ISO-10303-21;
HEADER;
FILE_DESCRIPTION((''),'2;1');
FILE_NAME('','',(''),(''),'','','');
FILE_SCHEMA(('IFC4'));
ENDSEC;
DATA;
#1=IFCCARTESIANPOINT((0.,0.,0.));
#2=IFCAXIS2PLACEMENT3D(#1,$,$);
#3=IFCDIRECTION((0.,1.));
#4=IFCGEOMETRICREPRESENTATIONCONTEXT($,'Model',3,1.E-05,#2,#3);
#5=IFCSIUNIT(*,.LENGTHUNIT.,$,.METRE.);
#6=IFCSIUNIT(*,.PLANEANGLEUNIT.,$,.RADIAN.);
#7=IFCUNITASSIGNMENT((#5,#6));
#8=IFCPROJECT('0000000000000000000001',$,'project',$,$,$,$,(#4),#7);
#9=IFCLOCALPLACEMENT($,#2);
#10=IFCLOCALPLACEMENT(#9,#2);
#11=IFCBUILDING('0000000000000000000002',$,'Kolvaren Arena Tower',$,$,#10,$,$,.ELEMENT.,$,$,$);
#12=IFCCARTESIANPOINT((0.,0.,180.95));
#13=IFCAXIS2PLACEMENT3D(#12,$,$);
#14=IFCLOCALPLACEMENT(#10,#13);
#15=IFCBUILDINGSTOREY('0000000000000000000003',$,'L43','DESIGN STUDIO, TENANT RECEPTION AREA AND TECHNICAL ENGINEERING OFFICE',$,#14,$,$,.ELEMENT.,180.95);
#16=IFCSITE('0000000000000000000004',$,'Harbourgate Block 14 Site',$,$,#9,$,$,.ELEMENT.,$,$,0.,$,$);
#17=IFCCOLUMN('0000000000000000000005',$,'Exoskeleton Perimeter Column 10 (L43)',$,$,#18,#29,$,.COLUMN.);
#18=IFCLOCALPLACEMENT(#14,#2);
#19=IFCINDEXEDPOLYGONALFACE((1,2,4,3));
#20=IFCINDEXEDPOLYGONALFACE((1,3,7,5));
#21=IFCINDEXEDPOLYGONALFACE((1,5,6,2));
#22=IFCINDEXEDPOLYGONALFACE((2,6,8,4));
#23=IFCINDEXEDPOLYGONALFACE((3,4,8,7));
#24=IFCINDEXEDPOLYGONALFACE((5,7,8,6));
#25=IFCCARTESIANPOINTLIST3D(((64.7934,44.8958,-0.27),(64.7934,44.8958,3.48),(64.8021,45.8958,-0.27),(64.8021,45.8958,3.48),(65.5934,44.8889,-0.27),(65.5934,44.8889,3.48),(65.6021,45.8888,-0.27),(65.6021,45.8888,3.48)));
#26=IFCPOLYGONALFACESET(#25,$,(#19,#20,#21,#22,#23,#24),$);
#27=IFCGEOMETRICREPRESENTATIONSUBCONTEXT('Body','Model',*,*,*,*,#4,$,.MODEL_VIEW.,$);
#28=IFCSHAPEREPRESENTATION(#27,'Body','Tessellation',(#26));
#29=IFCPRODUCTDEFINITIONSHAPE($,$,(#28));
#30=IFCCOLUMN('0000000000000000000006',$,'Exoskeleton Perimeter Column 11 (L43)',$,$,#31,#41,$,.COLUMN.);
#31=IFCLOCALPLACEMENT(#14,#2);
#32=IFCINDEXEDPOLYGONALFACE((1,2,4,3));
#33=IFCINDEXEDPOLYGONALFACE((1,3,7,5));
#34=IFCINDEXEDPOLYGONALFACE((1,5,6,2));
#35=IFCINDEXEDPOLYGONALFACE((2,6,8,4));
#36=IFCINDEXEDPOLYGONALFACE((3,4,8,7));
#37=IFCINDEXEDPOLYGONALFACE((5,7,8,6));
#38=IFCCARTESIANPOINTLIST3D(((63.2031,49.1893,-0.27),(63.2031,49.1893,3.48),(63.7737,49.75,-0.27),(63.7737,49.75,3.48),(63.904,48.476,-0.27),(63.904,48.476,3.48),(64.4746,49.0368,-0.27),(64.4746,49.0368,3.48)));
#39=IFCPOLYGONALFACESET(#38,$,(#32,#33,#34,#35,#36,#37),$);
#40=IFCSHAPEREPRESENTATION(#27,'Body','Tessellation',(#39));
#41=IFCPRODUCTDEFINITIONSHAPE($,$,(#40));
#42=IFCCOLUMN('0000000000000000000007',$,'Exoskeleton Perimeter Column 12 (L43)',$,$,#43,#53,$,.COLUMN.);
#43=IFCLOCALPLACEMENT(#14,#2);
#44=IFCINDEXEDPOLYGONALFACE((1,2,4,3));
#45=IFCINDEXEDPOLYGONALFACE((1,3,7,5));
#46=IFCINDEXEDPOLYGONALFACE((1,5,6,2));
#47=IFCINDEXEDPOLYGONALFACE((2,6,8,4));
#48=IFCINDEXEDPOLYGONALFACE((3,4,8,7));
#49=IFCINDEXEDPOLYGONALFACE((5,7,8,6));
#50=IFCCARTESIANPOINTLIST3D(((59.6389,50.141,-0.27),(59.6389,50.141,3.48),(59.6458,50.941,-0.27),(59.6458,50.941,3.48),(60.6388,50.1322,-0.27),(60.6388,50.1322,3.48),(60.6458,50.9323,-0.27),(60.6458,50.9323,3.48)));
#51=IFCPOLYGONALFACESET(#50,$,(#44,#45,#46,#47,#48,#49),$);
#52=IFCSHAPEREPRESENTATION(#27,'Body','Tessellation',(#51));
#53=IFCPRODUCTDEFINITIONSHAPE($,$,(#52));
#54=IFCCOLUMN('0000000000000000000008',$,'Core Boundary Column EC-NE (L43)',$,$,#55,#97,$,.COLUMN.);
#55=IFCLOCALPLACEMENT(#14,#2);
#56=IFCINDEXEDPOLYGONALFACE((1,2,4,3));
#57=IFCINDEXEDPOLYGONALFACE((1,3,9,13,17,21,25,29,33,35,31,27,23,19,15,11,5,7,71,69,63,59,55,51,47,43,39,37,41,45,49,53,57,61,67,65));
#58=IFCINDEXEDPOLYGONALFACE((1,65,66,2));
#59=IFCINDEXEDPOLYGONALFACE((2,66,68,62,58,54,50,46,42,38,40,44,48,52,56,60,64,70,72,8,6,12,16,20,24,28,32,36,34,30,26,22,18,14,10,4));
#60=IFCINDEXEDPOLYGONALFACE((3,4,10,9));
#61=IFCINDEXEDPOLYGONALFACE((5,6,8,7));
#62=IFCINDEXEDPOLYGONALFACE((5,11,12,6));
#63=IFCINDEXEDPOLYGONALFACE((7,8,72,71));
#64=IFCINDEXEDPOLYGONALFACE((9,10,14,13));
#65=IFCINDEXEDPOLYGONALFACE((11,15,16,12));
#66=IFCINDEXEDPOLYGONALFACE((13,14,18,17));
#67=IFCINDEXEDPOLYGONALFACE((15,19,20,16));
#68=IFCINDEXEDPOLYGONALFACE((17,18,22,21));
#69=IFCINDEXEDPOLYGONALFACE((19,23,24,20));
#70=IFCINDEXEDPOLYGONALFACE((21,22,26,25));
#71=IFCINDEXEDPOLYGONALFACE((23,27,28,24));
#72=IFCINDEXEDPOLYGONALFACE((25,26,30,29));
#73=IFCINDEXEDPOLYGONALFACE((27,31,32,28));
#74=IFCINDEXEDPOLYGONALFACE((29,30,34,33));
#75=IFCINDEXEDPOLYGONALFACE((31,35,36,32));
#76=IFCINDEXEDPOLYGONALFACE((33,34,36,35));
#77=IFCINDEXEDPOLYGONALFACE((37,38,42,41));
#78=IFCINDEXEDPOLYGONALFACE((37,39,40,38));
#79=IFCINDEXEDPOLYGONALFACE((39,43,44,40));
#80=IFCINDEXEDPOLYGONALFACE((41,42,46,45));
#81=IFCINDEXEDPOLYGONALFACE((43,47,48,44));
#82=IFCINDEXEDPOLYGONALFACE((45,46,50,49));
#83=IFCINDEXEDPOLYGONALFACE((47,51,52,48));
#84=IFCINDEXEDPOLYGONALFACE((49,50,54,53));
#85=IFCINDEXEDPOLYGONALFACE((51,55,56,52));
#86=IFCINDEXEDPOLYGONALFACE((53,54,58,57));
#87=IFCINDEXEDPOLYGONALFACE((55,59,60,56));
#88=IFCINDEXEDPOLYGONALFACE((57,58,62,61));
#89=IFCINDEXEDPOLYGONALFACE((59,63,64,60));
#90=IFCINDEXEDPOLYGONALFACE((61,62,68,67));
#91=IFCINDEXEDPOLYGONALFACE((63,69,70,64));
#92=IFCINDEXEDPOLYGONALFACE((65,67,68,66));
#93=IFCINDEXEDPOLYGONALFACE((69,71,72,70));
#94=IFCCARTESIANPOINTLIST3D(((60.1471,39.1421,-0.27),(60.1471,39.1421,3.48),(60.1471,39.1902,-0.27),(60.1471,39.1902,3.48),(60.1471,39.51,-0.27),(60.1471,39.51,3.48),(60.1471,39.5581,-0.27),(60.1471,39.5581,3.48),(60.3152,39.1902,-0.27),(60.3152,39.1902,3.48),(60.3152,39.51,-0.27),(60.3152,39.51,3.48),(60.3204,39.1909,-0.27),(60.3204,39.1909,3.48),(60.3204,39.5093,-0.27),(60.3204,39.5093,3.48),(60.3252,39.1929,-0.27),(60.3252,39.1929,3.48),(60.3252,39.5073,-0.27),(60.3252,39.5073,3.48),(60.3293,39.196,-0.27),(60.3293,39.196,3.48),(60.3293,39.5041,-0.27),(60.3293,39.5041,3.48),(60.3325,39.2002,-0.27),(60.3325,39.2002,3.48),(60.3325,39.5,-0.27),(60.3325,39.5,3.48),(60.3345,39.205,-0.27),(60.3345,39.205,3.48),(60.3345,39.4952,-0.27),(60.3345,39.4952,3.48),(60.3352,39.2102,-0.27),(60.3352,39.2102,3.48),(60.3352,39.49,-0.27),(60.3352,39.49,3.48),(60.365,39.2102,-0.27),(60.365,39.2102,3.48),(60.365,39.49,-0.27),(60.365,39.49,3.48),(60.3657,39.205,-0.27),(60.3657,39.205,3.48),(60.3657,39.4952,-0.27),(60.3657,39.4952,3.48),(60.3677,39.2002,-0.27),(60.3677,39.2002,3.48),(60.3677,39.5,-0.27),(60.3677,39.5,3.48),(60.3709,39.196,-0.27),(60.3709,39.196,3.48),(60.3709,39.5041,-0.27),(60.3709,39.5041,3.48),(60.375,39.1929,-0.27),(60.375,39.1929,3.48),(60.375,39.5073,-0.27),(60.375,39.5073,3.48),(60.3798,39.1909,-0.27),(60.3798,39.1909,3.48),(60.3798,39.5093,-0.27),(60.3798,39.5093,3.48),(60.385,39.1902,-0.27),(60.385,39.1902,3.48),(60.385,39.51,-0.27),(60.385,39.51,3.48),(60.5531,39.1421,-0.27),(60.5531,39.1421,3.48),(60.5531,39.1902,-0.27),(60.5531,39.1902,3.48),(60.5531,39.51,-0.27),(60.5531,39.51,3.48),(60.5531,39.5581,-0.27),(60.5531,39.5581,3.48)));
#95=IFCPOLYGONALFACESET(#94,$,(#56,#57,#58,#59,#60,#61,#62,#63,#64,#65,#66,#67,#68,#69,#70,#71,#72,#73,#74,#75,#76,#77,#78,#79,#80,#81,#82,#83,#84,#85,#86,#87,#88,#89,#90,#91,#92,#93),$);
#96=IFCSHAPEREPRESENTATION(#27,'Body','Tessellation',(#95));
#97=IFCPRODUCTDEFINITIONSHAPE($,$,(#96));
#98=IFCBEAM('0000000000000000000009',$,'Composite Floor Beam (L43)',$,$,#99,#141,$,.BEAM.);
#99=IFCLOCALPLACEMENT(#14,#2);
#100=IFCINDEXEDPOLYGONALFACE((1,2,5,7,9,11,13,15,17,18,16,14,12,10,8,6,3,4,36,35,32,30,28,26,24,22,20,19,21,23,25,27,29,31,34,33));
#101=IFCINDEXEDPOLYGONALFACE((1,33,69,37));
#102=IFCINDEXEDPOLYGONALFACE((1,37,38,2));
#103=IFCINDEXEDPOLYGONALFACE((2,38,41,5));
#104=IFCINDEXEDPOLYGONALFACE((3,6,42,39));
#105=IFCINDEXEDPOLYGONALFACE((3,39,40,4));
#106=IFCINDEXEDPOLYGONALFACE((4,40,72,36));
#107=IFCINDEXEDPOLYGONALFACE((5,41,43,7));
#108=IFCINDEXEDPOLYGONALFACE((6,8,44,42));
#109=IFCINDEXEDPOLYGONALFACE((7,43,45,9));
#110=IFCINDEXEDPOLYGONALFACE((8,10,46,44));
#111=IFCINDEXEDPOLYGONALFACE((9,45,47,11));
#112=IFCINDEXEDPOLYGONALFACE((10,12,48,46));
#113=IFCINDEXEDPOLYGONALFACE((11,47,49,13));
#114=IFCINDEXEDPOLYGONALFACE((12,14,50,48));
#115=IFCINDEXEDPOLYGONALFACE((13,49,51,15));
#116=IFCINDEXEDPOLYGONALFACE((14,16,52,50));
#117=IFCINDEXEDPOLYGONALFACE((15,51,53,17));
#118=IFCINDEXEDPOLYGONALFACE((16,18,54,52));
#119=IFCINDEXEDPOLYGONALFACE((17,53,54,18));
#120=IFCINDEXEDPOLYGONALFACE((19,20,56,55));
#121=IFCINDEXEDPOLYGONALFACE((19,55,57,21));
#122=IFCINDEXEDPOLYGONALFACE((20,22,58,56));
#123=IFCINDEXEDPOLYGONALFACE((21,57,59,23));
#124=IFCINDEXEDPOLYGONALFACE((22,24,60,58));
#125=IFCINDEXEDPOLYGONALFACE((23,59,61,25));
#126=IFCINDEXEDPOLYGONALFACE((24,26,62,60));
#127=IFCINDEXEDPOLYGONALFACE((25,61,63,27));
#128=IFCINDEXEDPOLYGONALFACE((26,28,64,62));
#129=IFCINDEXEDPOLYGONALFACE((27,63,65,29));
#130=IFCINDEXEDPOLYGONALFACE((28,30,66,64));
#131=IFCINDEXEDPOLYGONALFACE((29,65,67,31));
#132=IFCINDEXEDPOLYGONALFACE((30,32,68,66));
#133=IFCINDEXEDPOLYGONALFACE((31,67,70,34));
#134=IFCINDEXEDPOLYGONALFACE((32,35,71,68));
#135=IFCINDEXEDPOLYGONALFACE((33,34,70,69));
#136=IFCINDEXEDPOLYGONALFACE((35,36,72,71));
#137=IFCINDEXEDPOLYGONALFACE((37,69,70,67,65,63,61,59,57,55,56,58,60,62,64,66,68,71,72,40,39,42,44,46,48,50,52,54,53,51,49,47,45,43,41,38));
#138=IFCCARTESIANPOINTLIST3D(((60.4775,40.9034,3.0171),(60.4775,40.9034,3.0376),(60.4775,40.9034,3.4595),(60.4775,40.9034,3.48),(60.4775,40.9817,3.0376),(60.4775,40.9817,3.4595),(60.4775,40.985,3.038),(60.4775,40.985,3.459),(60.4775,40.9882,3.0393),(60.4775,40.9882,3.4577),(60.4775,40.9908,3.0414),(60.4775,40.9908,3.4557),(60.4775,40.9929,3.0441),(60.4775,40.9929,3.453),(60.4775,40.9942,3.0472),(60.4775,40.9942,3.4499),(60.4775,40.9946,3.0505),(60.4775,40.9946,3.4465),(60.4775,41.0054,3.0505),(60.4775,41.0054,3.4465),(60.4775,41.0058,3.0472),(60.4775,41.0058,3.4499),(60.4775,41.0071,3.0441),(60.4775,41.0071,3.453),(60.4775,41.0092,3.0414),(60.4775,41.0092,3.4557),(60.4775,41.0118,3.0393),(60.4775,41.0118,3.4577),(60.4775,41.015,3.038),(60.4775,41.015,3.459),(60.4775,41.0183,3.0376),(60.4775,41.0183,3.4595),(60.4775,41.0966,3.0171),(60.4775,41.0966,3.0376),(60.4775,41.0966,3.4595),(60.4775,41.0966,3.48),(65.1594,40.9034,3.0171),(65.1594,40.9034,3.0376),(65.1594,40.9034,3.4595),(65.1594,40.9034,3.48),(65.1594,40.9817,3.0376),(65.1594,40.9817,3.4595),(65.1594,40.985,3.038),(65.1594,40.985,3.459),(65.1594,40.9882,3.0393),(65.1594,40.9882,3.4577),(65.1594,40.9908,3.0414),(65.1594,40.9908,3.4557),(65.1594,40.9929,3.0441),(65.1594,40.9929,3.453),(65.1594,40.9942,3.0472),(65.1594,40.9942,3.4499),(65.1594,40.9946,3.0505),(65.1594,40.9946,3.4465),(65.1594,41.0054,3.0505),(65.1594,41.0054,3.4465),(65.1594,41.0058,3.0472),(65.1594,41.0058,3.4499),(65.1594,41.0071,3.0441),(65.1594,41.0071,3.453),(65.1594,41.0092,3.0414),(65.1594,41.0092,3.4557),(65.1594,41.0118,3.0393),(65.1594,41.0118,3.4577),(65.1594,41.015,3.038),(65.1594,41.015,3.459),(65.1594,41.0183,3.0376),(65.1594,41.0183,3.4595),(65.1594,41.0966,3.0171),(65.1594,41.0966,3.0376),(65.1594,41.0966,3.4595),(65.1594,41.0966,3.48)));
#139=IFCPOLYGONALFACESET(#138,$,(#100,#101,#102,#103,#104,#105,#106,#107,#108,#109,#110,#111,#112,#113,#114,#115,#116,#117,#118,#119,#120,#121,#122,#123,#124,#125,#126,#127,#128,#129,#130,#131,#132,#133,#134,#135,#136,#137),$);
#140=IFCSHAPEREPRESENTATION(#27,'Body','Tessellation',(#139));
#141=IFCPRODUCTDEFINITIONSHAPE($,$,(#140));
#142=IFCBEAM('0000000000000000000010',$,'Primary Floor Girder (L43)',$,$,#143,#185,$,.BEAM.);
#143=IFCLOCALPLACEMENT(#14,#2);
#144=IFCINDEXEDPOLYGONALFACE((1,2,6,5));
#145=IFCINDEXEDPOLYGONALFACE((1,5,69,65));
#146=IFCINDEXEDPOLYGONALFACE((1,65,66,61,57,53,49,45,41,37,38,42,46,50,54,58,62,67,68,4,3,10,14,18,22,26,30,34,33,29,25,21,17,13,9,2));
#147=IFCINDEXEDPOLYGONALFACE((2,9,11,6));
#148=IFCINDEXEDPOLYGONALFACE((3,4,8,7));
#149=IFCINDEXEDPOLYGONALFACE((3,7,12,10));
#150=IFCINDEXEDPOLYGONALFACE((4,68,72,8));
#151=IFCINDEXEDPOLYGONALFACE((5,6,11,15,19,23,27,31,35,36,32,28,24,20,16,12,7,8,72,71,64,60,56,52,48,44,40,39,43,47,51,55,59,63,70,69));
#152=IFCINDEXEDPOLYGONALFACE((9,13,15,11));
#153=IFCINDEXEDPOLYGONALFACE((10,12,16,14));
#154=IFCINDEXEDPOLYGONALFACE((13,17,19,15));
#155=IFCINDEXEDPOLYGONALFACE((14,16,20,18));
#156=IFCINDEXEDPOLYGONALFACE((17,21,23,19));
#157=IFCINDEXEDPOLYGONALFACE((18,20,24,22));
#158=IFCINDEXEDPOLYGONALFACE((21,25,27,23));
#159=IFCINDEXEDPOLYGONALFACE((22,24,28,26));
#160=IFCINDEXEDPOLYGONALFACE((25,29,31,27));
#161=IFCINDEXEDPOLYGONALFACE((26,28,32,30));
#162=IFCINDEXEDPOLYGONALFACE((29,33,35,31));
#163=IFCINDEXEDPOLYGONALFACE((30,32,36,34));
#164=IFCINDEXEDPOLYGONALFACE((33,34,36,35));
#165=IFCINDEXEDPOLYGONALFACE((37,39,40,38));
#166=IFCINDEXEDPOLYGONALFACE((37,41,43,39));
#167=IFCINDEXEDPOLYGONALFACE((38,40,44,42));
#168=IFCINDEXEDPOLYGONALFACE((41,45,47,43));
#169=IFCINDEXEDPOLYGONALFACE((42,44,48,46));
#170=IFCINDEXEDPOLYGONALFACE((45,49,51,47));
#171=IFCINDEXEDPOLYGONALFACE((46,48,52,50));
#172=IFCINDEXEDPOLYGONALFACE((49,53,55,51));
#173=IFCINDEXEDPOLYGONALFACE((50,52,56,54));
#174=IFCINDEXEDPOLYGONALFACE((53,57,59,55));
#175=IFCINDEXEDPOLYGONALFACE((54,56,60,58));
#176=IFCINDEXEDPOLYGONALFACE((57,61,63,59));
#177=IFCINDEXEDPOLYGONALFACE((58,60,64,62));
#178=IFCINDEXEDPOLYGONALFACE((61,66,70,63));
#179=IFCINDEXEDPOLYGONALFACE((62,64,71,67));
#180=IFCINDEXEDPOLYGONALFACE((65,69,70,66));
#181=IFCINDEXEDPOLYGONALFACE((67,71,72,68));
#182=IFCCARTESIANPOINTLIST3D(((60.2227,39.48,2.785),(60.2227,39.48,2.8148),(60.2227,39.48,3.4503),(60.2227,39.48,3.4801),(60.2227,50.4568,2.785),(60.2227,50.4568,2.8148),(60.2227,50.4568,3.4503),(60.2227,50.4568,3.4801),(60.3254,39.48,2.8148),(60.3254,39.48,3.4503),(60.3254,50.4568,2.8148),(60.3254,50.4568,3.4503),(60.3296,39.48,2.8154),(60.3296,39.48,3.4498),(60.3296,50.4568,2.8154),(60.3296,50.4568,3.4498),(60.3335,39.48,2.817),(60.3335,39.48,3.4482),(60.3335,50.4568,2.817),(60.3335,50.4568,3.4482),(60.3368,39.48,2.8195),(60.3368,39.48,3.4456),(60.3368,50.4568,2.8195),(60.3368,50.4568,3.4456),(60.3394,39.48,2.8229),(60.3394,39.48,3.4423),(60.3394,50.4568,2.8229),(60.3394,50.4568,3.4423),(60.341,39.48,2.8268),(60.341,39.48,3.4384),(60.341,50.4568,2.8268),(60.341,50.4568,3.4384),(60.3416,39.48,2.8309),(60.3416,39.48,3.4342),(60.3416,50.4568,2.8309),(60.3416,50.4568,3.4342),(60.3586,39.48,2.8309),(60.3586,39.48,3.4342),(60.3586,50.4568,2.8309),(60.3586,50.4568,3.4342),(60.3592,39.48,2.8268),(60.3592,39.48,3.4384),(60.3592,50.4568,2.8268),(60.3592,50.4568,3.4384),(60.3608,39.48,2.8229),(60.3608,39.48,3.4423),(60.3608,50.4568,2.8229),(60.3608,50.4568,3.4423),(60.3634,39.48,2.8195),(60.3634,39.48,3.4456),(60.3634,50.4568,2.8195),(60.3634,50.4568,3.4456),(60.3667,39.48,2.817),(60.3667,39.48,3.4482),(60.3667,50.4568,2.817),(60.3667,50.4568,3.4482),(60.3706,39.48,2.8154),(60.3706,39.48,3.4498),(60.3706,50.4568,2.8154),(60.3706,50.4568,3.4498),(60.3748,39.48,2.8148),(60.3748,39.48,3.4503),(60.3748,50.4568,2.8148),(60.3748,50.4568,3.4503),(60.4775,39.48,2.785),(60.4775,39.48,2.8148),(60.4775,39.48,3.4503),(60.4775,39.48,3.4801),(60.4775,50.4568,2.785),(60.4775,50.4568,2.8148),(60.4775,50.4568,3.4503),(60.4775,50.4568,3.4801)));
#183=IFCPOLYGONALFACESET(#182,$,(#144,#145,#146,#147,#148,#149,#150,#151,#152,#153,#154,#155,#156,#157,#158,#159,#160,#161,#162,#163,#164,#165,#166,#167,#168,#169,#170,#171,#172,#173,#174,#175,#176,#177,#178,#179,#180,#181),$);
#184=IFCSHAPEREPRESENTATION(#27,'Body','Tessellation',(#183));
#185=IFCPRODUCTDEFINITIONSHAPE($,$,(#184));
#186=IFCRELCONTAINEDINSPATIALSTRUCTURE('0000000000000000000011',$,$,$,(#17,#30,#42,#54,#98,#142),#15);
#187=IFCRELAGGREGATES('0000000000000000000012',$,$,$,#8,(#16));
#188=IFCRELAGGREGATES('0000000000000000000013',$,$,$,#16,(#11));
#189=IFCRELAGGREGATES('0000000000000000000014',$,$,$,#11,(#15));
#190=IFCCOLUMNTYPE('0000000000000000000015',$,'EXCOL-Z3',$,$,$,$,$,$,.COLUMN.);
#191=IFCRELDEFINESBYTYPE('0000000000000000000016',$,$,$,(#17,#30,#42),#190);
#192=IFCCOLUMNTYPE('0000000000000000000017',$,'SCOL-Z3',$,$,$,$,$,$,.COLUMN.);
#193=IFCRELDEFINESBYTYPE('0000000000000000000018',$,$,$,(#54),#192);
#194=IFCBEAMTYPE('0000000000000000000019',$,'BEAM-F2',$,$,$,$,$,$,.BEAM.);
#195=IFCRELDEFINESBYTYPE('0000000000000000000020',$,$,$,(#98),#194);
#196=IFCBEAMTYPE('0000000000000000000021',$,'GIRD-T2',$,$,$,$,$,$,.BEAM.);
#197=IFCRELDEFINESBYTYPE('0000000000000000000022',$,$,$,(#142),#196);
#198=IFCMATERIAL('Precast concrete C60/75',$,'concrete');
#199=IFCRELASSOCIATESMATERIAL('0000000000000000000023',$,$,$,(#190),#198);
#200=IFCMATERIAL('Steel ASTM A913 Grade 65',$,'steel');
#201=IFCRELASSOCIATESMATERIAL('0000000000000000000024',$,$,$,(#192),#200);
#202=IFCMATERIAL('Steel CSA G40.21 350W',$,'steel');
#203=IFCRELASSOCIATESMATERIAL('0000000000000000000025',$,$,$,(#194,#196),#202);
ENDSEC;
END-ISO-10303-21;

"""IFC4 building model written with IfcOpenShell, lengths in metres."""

from ifc_helpers import new_model, si_unit, direction, frame, origin, origin_2d, place, context, subcontext, project, spatial, rectangle, i_section, extrude, material, material_profile, profile_set, type_object, element, save


model = new_model("IFC4")

# Units and contexts
model_context = context("Model", 3, precision=1e-05, world=origin(), true_north=direction((0.0, 1.0)))
body_context = subcontext(model_context, "Body", "Model", "MODEL_VIEW")
ifc_project = project(units=[si_unit("LENGTHUNIT", "METRE"), si_unit("PLANEANGLEUNIT", "RADIAN")], contexts=[model_context])

# Site, building, storey
site_placement = place(None, origin())
site = spatial("IfcSite", under=ifc_project, at=site_placement, Name="Harbourgate Block 14 Site", CompositionType="ELEMENT", RefElevation=0.0)
building_placement = place(site_placement, origin())
building = spatial("IfcBuilding", under=site, at=building_placement, Name="Kolvaren Arena Tower", CompositionType="ELEMENT")
storey_placement = place(building_placement, frame((0.0, 0.0, 180.95)))
storey = spatial("IfcBuildingStorey", under=building, at=storey_placement, Name="L43", Description="DESIGN STUDIO, TENANT RECEPTION AREA AND TECHNICAL ENGINEERING OFFICE", CompositionType="ELEMENT", Elevation=180.95)

# Columns
ifc_material_1 = material(Name="Precast concrete C60/75", Category="concrete")
ifc_material_profile_1 = material_profile(ifc_material_1, rectangle(XDim=1.0, YDim=0.8, at=origin_2d()), Name="RC-1000x800")
ifc_profile_set_1 = profile_set([ifc_material_profile_1], Name="Precast concrete C60/75")
column_type_1 = type_object("IfcColumnType", Name="EXCOL-Z3", PredefinedType="COLUMN", material=ifc_profile_set_1)
for number, where, z_axis, x_axis, name in (
    (1, (65.1978, 45.3923, -0.27), (0.0, 0.0, 1.0), (0.008727, 0.999962, 0.0), "Exoskeleton Perimeter Column 10 (L43)"),
    (2, (63.8389, 49.113, -0.27), (0.0, 0.0, 1.0), (-0.700909, 0.71325, 0.0), "Exoskeleton Perimeter Column 11 (L43)"),
    (3, (60.1423, 50.5366, -0.27), (0.0, 0.0, 1.0), (0.999962, -0.008727, 0.0), "Exoskeleton Perimeter Column 12 (L43)"),
):
    element("IfcColumn", number, at=place(storey_placement, frame(where, z_axis=z_axis, x_axis=x_axis)), inside=storey, type_object=column_type_1, Name=name, PredefinedType="COLUMN", context=body_context, shape_type="SweptSolid", body=[
        extrude(rectangle(XDim=1.0, YDim=0.8, at=origin_2d()), origin(), (0.0, 0.0, 1.0), 3.75),
    ])
ifc_material_2 = material(Name="Steel ASTM A913 Grade 65", Category="steel")
ifc_material_profile_2 = material_profile(ifc_material_2, i_section(OverallWidth=0.406, OverallDepth=0.416, WebThickness=0.0298, FlangeThickness=0.0481, FilletRadius=0.02, at=origin_2d()), Name="W360x382")
ifc_profile_set_2 = profile_set([ifc_material_profile_2], Name="Steel ASTM A913 Grade 65")
column_type_2 = type_object("IfcColumnType", Name="SCOL-Z3", PredefinedType="COLUMN", material=ifc_profile_set_2)
column_placement = place(storey_placement, frame((60.3501, 39.3501, -0.27), z_axis=(0.0, 0.0, 1.0), x_axis=(1.0, 0.0, 0.0)))
element("IfcColumn", 4, at=column_placement, inside=storey, type_object=column_type_2, Name="Core Boundary Column EC-NE (L43)", PredefinedType="COLUMN", context=body_context, shape_type="SweptSolid", body=[
    extrude(i_section(OverallWidth=0.406, OverallDepth=0.416, WebThickness=0.0298, FlangeThickness=0.0481, FilletRadius=0.02, at=origin_2d()), origin(), (0.0, 0.0, 1.0), 3.75),
])

# Beams
ifc_material_3 = material(Name="Steel CSA G40.21 350W", Category="steel")
ifc_material_profile_3 = material_profile(ifc_material_3, i_section(OverallWidth=0.1931, OverallDepth=0.4629, WebThickness=0.0107, FlangeThickness=0.0205, FilletRadius=0.0129, at=origin_2d()), Name="W460x113")
ifc_profile_set_3 = profile_set([ifc_material_profile_3], Name="Steel CSA G40.21 350W")
beam_type_1 = type_object("IfcBeamType", Name="BEAM-F2", PredefinedType="BEAM", material=ifc_profile_set_3)
beam_1_placement = place(storey_placement, frame((60.4775, 41.0, 3.2485), z_axis=(1.0, 0.0, 0.0), x_axis=(0.0, 1.0, 0.0)))
element("IfcBeam", 5, at=beam_1_placement, inside=storey, type_object=beam_type_1, Name="Composite Floor Beam (L43)", PredefinedType="BEAM", context=body_context, shape_type="SweptSolid", body=[
    extrude(i_section(OverallWidth=0.1931, OverallDepth=0.4629, WebThickness=0.0107, FlangeThickness=0.0205, FilletRadius=0.0129, at=origin_2d()), origin(), (0.0, 0.0, 1.0), 4.6819),
])
ifc_material_profile_4 = material_profile(ifc_material_3, i_section(OverallWidth=0.2549, OverallDepth=0.6951, WebThickness=0.0171, FlangeThickness=0.0298, FilletRadius=0.0161, at=origin_2d()), Name="W690x217")
ifc_profile_set_4 = profile_set([ifc_material_profile_4], Name="Steel CSA G40.21 350W")
beam_type_2 = type_object("IfcBeamType", Name="GIRD-T2", PredefinedType="BEAM", material=ifc_profile_set_4)
beam_2_placement = place(storey_placement, frame((60.3501, 39.48, 3.1326), z_axis=(0.0, 1.0, 0.0), x_axis=(-1.0, 0.0, 0.0)))
element("IfcBeam", 6, at=beam_2_placement, inside=storey, type_object=beam_type_2, Name="Primary Floor Girder (L43)", PredefinedType="BEAM", context=body_context, shape_type="SweptSolid", body=[
    extrude(i_section(OverallWidth=0.2549, OverallDepth=0.6951, WebThickness=0.0171, FlangeThickness=0.0298, FilletRadius=0.0161, at=origin_2d()), origin(), (0.0, 0.0, 1.0), 10.9768),
])

save(model, "model.ifc")
